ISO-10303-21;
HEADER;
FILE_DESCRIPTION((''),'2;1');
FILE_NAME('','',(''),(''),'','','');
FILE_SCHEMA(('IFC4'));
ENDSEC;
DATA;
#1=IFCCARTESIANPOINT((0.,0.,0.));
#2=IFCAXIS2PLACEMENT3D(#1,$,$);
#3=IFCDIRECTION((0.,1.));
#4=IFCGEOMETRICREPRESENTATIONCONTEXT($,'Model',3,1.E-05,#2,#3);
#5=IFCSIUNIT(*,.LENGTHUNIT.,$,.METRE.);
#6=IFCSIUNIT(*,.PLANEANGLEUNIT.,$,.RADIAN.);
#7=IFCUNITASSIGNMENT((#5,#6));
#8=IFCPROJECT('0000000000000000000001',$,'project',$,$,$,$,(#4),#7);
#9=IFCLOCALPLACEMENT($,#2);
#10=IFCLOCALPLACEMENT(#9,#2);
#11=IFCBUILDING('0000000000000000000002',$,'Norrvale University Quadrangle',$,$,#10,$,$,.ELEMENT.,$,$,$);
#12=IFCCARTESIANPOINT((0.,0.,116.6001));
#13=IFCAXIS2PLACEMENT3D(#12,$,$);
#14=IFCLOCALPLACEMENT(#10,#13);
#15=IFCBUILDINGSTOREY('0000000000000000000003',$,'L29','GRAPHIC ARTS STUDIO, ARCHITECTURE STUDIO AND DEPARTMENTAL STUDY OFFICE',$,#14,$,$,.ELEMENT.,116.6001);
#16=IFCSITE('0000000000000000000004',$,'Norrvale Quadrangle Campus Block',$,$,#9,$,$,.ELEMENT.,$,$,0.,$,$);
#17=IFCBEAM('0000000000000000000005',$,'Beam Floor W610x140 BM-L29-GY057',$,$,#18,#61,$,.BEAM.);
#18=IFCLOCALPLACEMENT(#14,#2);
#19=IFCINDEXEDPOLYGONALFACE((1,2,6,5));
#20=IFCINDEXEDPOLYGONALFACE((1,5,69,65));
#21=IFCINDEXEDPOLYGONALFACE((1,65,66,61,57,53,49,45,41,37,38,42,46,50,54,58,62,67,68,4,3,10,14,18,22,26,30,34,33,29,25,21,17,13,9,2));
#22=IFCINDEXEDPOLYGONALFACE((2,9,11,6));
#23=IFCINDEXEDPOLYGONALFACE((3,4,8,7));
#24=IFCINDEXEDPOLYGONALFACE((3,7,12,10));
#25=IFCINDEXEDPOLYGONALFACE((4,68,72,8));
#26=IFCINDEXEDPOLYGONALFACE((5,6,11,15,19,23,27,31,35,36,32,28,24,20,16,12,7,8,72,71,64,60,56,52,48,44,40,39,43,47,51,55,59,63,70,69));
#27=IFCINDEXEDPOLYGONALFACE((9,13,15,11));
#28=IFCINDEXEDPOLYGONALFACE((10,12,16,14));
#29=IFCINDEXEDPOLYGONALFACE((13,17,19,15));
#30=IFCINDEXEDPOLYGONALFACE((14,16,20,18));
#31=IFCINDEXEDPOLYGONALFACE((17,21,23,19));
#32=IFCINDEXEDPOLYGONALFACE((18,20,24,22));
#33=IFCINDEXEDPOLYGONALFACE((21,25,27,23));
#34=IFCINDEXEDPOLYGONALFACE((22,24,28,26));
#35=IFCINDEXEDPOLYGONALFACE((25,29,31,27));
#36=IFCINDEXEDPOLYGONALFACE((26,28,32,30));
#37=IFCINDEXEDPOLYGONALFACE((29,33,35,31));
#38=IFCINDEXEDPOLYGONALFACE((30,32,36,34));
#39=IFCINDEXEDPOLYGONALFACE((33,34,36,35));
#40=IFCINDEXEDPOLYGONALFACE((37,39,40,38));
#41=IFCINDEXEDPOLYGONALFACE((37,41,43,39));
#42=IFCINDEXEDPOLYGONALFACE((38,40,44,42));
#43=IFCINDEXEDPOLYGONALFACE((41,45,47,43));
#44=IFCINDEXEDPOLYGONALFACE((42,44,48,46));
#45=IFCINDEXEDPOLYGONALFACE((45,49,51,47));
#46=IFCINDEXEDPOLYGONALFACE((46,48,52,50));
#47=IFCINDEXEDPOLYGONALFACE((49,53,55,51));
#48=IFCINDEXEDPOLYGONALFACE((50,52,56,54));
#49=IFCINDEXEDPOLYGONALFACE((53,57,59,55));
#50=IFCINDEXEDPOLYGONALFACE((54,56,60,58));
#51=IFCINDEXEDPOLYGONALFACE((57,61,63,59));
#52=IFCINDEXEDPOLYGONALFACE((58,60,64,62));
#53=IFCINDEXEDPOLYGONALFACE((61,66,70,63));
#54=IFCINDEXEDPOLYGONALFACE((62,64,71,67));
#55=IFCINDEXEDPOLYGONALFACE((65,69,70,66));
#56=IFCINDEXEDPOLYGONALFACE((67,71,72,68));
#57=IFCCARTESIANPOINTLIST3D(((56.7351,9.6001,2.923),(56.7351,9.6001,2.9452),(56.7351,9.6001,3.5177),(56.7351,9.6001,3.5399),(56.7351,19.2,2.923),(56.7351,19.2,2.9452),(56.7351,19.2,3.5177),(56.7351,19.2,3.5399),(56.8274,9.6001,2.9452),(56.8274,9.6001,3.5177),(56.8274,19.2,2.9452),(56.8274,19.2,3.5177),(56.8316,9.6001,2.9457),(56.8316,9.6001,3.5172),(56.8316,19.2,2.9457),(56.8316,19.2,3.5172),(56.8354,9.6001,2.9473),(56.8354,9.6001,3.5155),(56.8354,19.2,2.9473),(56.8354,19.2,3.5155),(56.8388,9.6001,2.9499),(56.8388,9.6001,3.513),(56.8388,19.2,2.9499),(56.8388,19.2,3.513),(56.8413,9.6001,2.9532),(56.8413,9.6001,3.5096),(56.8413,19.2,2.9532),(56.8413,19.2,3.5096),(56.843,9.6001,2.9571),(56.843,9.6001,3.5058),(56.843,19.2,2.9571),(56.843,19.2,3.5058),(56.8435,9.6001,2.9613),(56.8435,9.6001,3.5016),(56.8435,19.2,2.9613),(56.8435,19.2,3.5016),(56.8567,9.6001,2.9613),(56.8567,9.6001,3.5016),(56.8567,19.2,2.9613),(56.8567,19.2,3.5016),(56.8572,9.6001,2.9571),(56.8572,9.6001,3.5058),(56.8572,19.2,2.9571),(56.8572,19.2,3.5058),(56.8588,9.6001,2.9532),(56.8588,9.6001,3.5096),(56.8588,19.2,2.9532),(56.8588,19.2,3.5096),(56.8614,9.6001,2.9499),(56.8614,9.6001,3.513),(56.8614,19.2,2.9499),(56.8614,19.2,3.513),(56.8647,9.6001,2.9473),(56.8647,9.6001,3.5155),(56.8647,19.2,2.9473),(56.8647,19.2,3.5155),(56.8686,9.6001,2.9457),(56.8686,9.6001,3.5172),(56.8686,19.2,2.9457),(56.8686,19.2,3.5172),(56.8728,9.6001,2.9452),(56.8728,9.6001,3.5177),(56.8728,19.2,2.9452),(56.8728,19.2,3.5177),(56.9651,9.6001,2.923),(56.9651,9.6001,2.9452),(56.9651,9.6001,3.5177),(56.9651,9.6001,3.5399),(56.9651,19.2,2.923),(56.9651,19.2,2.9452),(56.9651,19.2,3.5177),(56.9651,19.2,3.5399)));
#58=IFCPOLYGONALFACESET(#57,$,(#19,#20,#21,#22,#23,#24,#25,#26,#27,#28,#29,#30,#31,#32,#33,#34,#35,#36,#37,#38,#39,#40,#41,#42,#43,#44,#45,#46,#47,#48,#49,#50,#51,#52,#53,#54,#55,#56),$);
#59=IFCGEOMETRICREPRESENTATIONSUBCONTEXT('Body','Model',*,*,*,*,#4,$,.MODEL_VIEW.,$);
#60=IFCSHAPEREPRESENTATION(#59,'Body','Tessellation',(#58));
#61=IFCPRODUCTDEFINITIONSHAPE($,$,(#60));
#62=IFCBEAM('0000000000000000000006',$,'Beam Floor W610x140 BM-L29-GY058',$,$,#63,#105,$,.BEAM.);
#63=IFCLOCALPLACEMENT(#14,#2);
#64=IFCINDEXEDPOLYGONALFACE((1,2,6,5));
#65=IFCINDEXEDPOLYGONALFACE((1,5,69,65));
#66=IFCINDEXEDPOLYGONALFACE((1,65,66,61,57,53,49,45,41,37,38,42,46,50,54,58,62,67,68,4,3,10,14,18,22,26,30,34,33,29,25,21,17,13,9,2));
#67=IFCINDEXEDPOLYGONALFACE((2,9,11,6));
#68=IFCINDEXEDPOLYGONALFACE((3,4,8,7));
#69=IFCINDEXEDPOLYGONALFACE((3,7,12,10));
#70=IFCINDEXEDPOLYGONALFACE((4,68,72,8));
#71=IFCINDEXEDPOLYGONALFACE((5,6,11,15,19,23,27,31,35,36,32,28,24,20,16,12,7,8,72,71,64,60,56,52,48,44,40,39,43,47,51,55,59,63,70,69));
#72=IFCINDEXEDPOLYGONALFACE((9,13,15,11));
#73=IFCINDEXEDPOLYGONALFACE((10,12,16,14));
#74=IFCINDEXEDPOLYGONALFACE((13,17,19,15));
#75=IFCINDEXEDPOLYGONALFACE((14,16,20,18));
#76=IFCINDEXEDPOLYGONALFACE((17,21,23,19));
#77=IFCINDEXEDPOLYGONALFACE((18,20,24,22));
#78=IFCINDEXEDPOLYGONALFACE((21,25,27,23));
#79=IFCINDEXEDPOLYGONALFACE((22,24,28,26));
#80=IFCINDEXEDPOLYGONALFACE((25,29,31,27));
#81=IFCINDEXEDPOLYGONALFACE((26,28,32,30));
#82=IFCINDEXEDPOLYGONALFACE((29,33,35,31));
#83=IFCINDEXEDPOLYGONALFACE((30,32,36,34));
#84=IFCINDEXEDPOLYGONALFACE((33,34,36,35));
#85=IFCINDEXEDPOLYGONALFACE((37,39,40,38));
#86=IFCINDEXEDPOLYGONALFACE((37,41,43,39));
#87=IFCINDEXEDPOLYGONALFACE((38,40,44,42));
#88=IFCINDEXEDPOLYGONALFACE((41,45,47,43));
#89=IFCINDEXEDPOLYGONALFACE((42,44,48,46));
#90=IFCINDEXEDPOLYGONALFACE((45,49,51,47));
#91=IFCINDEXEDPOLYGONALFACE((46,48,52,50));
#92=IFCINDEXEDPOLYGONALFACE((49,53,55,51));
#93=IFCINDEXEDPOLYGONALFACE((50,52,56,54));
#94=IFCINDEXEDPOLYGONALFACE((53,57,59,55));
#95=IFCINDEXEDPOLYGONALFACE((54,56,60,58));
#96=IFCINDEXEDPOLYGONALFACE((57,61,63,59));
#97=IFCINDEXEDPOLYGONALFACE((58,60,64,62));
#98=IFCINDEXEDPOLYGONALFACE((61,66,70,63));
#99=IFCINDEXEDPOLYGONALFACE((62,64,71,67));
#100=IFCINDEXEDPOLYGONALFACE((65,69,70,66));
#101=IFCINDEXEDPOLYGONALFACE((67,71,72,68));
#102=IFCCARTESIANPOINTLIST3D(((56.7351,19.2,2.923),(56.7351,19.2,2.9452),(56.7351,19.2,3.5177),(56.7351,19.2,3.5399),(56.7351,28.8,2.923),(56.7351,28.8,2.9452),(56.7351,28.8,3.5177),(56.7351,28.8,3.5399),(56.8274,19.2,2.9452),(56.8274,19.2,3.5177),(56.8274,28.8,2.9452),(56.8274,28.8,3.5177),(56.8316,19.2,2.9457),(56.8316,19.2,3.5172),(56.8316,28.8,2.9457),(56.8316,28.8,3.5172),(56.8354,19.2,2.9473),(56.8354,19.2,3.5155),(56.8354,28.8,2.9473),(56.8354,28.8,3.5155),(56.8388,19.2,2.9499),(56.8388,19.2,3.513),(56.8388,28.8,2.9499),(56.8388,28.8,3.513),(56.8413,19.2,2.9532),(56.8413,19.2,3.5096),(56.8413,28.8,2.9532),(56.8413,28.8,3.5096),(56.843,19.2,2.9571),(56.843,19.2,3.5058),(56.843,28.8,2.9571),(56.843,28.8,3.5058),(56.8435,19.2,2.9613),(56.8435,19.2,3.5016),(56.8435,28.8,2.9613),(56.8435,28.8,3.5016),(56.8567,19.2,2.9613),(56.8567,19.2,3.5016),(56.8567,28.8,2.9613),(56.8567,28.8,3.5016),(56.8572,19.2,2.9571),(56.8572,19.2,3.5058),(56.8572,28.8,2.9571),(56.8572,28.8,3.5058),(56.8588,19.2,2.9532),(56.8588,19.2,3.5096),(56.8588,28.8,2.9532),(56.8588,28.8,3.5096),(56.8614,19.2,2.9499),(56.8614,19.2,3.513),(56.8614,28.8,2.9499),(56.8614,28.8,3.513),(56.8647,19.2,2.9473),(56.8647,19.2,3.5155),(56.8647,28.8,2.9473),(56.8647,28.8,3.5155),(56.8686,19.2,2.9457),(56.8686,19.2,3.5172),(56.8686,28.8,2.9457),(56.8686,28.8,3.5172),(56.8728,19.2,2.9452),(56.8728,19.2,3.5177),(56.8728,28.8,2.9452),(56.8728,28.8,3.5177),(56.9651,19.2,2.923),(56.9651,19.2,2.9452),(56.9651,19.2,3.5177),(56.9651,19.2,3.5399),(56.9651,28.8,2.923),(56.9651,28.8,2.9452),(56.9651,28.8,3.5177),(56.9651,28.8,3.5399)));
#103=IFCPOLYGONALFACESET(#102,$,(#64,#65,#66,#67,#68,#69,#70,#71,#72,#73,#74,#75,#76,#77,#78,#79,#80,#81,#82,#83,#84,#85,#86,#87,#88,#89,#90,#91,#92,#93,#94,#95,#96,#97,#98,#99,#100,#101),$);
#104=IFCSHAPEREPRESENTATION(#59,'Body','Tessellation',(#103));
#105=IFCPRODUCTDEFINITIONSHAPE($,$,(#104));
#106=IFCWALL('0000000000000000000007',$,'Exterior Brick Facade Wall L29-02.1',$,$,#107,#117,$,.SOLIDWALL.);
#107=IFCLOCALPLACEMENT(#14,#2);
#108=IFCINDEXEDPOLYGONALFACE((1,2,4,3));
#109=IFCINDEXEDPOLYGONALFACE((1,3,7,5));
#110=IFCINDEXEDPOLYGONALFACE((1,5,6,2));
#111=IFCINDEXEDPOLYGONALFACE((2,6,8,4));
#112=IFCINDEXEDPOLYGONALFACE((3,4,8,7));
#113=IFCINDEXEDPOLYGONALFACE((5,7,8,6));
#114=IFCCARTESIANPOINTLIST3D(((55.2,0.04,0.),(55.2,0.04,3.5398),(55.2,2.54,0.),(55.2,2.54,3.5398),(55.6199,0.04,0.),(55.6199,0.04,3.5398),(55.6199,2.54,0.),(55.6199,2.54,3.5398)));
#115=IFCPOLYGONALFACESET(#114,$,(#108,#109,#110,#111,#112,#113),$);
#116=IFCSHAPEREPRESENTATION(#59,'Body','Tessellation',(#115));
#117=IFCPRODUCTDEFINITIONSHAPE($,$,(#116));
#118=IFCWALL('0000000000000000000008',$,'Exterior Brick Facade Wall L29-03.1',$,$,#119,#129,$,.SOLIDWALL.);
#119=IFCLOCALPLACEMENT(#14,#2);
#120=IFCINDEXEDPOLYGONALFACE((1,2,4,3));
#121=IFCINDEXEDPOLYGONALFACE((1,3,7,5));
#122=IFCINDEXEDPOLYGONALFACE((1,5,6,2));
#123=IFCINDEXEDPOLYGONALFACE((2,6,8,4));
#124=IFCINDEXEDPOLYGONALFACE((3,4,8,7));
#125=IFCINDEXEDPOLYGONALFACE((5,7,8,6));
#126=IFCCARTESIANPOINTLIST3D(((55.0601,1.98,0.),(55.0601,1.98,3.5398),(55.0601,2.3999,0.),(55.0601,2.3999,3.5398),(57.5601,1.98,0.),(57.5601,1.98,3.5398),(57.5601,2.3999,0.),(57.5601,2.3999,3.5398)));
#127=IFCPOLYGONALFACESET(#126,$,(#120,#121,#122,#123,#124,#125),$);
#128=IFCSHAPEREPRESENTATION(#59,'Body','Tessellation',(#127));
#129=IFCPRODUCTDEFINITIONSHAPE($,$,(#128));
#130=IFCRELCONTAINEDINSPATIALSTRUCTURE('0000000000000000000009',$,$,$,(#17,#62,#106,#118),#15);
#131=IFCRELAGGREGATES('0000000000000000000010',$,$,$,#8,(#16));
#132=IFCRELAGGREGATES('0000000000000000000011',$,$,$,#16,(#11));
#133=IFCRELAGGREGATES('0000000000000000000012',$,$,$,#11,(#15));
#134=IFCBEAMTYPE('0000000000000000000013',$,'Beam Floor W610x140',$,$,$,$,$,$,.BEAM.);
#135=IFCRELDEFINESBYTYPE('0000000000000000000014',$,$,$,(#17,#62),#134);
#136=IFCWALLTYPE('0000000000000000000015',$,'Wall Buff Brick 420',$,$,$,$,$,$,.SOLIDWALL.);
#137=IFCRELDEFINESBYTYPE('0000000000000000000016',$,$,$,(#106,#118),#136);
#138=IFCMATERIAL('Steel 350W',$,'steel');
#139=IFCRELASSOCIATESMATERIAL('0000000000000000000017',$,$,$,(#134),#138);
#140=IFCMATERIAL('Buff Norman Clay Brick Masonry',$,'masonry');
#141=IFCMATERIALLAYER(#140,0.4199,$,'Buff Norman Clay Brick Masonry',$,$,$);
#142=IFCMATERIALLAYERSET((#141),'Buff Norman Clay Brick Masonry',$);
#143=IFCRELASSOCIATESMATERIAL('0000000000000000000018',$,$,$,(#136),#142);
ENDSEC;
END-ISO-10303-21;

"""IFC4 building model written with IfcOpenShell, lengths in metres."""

from ifc_helpers import new_model, si_unit, direction, frame, frame_2d, origin, origin_2d, place, context, subcontext, project, spatial, rectangle, i_section, extrude, material, layer, layer_set, material_profile, profile_set, type_object, element, save


model = new_model("IFC4")

# Units and contexts
model_context = context("Model", 3, precision=1e-05, world=origin(), true_north=direction((0.0, 1.0)))
body_context = subcontext(model_context, "Body", "Model", "MODEL_VIEW")
ifc_project = project(units=[si_unit("LENGTHUNIT", "METRE"), si_unit("PLANEANGLEUNIT", "RADIAN")], contexts=[model_context])

# Site, building, storey
site_placement = place(None, origin())
site = spatial("IfcSite", under=ifc_project, at=site_placement, Name="Norrvale Quadrangle Campus Block", CompositionType="ELEMENT", RefElevation=0.0)
building_placement = place(site_placement, origin())
building = spatial("IfcBuilding", under=site, at=building_placement, Name="Norrvale University Quadrangle", CompositionType="ELEMENT")
storey_placement = place(building_placement, frame((0.0, 0.0, 116.6001)))
storey = spatial("IfcBuildingStorey", under=building, at=storey_placement, Name="L29", Description="GRAPHIC ARTS STUDIO, ARCHITECTURE STUDIO AND DEPARTMENTAL STUDY OFFICE", CompositionType="ELEMENT", Elevation=116.6001)

# Beams
ifc_material_1 = material(Name="Steel 350W", Category="steel")
ifc_material_profile_1 = material_profile(ifc_material_1, i_section(OverallWidth=0.23, OverallDepth=0.6169, WebThickness=0.0132, FlangeThickness=0.0222, FilletRadius=0.0161, at=origin_2d()), Name="Steel 350W")
ifc_profile_set_1 = profile_set([ifc_material_profile_1], Name="Steel 350W")
beam_type_1 = type_object("IfcBeamType", Name="Beam Floor W610x140", PredefinedType="BEAM", material=ifc_profile_set_1)
beam_1_placement = place(storey_placement, frame((56.8501, 9.6001, 3.2314), z_axis=(0.0, 1.0, 0.0), x_axis=(-1.0, 0.0, 0.0)))
element("IfcBeam", 1, at=beam_1_placement, inside=storey, type_object=beam_type_1, Name="Beam Floor W610x140 BM-L29-GY057", PredefinedType="BEAM", context=body_context, shape_type="SweptSolid", body=[
    extrude(i_section(OverallWidth=0.23, OverallDepth=0.6169, WebThickness=0.0132, FlangeThickness=0.0222, FilletRadius=0.0161, at=origin_2d()), origin(), (0.0, 0.0, 1.0), 9.5999),
])
beam_2_placement = place(storey_placement, frame((56.8501, 19.2, 3.2314), z_axis=(0.0, 1.0, 0.0), x_axis=(-1.0, 0.0, 0.0)))
element("IfcBeam", 2, at=beam_2_placement, inside=storey, type_object=beam_type_1, Name="Beam Floor W610x140 BM-L29-GY058", PredefinedType="BEAM", context=body_context, shape_type="SweptSolid", body=[
    extrude(i_section(OverallWidth=0.23, OverallDepth=0.6169, WebThickness=0.0132, FlangeThickness=0.0222, FilletRadius=0.0161, at=origin_2d()), origin(), (0.0, 0.0, 1.0), 9.6001),
])

# Walls
ifc_material_2 = material(Name="Buff Norman Clay Brick Masonry", Category="masonry")
ifc_layer_1 = layer(ifc_material_2, 0.4199, Name="Buff Norman Clay Brick Masonry")
ifc_layer_set_1 = layer_set([ifc_layer_1], Name="Buff Norman Clay Brick Masonry")
wall_type_1 = type_object("IfcWallType", Name="Wall Buff Brick 420", PredefinedType="SOLIDWALL", material=ifc_layer_set_1)
for number, where, z_axis, x_axis, name in (
    (3, (55.4099, 0.04, 0.0), (0.0, 0.0, 1.0), (0.0, 1.0, 0.0), "Exterior Brick Facade Wall L29-02.1"),
    (4, (55.0601, 2.1899, 0.0), (0.0, 0.0, 1.0), (1.0, 0.0, 0.0), "Exterior Brick Facade Wall L29-03.1"),
):
    element("IfcWall", number, at=place(storey_placement, frame(where, z_axis=z_axis, x_axis=x_axis)), inside=storey, type_object=wall_type_1, Name=name, PredefinedType="SOLIDWALL", context=body_context, shape_type="SweptSolid", body=[
        extrude(rectangle(XDim=2.5, YDim=0.4199, at=frame_2d((1.25, 0.0))), origin(), (0.0, 0.0, 1.0), 3.5398),
    ])

save(model, "model.ifc")
